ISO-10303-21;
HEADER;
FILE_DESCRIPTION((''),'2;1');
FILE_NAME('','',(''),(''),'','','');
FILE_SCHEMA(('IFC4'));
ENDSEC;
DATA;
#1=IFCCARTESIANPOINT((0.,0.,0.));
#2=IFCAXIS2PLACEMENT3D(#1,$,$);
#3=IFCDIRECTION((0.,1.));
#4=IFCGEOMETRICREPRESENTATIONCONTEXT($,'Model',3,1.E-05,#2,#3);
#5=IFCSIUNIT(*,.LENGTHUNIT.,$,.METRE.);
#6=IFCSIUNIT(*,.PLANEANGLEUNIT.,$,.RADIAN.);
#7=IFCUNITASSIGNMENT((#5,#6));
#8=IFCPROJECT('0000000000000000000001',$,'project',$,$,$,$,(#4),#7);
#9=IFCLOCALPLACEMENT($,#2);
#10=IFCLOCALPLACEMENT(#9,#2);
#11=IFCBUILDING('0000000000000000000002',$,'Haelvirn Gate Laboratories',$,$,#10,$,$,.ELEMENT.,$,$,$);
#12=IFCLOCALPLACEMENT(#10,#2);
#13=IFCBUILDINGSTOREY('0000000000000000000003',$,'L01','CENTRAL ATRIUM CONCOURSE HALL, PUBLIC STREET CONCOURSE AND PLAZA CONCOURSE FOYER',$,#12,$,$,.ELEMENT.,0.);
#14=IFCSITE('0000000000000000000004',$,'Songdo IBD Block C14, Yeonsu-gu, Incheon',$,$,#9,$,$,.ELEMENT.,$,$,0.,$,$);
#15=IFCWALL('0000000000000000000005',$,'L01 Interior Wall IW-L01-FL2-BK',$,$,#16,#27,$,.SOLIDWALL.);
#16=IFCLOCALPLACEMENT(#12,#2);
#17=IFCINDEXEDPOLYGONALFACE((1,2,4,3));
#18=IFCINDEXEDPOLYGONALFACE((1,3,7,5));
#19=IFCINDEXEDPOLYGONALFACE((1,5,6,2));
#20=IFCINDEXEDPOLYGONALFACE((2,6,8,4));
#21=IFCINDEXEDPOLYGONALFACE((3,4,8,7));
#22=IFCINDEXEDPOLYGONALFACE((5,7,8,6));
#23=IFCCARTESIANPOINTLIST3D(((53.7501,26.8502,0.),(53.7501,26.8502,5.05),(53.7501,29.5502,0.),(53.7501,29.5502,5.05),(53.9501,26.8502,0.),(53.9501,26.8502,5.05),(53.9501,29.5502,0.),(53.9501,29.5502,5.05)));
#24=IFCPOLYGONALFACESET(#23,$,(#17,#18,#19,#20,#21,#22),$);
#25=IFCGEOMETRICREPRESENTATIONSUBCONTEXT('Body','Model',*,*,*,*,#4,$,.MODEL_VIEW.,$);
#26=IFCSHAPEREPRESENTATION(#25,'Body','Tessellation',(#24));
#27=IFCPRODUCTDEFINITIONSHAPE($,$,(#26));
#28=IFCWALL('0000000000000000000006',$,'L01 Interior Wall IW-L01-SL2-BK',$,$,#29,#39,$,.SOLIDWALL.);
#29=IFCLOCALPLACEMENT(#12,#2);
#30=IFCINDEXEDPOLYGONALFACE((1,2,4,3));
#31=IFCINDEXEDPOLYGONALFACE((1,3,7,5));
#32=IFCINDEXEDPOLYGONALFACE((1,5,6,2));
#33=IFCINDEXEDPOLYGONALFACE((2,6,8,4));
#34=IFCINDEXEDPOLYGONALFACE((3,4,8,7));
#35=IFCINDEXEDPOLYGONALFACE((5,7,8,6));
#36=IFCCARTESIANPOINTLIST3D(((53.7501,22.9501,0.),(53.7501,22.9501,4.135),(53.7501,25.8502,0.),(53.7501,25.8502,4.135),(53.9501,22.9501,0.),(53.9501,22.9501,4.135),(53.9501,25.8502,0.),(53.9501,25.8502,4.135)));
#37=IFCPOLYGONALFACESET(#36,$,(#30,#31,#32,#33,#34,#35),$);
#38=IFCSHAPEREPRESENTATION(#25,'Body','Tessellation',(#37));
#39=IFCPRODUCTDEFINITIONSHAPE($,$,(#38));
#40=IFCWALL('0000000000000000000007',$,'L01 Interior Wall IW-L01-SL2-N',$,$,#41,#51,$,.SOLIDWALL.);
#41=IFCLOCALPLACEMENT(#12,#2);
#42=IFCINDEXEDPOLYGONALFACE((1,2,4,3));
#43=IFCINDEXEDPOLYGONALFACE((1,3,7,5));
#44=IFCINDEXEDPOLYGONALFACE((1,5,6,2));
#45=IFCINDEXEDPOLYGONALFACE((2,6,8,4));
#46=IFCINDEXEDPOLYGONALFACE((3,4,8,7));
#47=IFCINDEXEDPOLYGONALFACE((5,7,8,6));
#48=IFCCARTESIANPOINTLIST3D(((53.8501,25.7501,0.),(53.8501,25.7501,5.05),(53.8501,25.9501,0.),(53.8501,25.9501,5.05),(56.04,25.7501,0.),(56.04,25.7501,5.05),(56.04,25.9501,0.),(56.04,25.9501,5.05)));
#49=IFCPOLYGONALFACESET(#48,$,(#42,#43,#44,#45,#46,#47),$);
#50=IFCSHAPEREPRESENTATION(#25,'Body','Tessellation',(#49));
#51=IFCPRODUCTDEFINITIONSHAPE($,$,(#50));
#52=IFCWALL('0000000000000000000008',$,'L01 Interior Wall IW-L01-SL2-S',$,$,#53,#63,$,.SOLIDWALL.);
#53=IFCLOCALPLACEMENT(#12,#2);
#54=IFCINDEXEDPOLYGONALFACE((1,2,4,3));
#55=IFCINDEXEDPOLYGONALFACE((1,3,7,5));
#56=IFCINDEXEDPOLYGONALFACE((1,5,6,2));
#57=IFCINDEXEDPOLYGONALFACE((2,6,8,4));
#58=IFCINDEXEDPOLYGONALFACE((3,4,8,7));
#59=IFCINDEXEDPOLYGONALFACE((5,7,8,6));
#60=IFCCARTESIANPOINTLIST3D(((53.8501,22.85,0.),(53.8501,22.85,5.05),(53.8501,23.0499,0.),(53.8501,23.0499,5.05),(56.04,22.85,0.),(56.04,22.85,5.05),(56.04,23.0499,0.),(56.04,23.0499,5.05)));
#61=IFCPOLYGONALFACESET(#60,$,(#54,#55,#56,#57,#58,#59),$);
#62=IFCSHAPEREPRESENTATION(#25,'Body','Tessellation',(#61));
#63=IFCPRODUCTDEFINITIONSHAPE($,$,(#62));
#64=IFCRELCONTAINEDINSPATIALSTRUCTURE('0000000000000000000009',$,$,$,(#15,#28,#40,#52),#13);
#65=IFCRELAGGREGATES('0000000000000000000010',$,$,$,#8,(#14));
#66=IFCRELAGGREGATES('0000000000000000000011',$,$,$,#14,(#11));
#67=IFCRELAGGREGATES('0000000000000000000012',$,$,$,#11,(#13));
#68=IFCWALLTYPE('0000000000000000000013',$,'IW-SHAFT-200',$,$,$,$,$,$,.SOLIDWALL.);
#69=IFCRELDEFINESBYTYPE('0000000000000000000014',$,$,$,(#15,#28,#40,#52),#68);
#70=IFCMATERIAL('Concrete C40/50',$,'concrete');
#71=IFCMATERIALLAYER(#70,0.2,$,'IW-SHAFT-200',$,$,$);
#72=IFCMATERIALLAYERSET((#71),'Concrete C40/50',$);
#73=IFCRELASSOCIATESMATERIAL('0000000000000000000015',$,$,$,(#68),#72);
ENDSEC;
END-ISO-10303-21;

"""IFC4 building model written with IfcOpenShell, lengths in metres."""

from ifc_helpers import new_model, si_unit, direction, frame, frame_2d, origin, place, context, subcontext, project, spatial, rectangle, extrude, material, layer, layer_set, type_object, element, save


model = new_model("IFC4")

# Units and contexts
model_context = context("Model", 3, precision=1e-05, world=origin(), true_north=direction((0.0, 1.0)))
body_context = subcontext(model_context, "Body", "Model", "MODEL_VIEW")
ifc_project = project(units=[si_unit("LENGTHUNIT", "METRE"), si_unit("PLANEANGLEUNIT", "RADIAN")], contexts=[model_context])

# Site, building, storey
site_placement = place(None, origin())
site = spatial("IfcSite", under=ifc_project, at=site_placement, Name="Songdo IBD Block C14, Yeonsu-gu, Incheon", CompositionType="ELEMENT", RefElevation=0.0)
building_placement = place(site_placement, origin())
building = spatial("IfcBuilding", under=site, at=building_placement, Name="Haelvirn Gate Laboratories", CompositionType="ELEMENT")
storey_placement = place(building_placement, origin())
storey = spatial("IfcBuildingStorey", under=building, at=storey_placement, Name="L01", Description="CENTRAL ATRIUM CONCOURSE HALL, PUBLIC STREET CONCOURSE AND PLAZA CONCOURSE FOYER", CompositionType="ELEMENT", Elevation=0.0)

# Walls
ifc_material_1 = material(Name="Concrete C40/50", Category="concrete")
ifc_layer_1 = layer(ifc_material_1, 0.2, Name="IW-SHAFT-200")
ifc_layer_set_1 = layer_set([ifc_layer_1], Name="Concrete C40/50")
wall_type_1 = type_object("IfcWallType", Name="IW-SHAFT-200", PredefinedType="SOLIDWALL", material=ifc_layer_set_1)
wall_1_placement = place(storey_placement, frame((53.8501, 26.8501, 0.0), z_axis=(0.0, 0.0, 1.0), x_axis=(0.0, 1.0, 0.0)))
element("IfcWall", 1, at=wall_1_placement, inside=storey, type_object=wall_type_1, Name="L01 Interior Wall IW-L01-FL2-BK", PredefinedType="SOLIDWALL", context=body_context, shape_type="SweptSolid", body=[
    extrude(rectangle(XDim=2.7, YDim=0.2, at=frame_2d((1.3501, 0.0))), origin(), (0.0, 0.0, 1.0), 5.05),
])
wall_2_placement = place(storey_placement, frame((53.8501, 22.95, 0.0), z_axis=(0.0, 0.0, 1.0), x_axis=(0.0, 1.0, 0.0)))
element("IfcWall", 2, at=wall_2_placement, inside=storey, type_object=wall_type_1, Name="L01 Interior Wall IW-L01-SL2-BK", PredefinedType="SOLIDWALL", context=body_context, shape_type="SweptSolid", body=[
    extrude(rectangle(XDim=2.9001, YDim=0.2, at=frame_2d((1.4502, 0.0))), origin(), (0.0, 0.0, 1.0), 4.135),
])
for number, where, z_axis, x_axis, name in (
    (3, (53.8501, 25.8501, 0.0), (0.0, 0.0, 1.0), (1.0, 0.0, 0.0), "L01 Interior Wall IW-L01-SL2-N"),
    (4, (53.8501, 22.95, 0.0), (0.0, 0.0, 1.0), (1.0, 0.0, 0.0), "L01 Interior Wall IW-L01-SL2-S"),
):
    element("IfcWall", number, at=place(storey_placement, frame(where, z_axis=z_axis, x_axis=x_axis)), inside=storey, type_object=wall_type_1, Name=name, PredefinedType="SOLIDWALL", context=body_context, shape_type="SweptSolid", body=[
        extrude(rectangle(XDim=2.1899, YDim=0.2, at=frame_2d((1.095, 0.0))), origin(), (0.0, 0.0, 1.0), 5.05),
    ])

save(model, "model.ifc")
